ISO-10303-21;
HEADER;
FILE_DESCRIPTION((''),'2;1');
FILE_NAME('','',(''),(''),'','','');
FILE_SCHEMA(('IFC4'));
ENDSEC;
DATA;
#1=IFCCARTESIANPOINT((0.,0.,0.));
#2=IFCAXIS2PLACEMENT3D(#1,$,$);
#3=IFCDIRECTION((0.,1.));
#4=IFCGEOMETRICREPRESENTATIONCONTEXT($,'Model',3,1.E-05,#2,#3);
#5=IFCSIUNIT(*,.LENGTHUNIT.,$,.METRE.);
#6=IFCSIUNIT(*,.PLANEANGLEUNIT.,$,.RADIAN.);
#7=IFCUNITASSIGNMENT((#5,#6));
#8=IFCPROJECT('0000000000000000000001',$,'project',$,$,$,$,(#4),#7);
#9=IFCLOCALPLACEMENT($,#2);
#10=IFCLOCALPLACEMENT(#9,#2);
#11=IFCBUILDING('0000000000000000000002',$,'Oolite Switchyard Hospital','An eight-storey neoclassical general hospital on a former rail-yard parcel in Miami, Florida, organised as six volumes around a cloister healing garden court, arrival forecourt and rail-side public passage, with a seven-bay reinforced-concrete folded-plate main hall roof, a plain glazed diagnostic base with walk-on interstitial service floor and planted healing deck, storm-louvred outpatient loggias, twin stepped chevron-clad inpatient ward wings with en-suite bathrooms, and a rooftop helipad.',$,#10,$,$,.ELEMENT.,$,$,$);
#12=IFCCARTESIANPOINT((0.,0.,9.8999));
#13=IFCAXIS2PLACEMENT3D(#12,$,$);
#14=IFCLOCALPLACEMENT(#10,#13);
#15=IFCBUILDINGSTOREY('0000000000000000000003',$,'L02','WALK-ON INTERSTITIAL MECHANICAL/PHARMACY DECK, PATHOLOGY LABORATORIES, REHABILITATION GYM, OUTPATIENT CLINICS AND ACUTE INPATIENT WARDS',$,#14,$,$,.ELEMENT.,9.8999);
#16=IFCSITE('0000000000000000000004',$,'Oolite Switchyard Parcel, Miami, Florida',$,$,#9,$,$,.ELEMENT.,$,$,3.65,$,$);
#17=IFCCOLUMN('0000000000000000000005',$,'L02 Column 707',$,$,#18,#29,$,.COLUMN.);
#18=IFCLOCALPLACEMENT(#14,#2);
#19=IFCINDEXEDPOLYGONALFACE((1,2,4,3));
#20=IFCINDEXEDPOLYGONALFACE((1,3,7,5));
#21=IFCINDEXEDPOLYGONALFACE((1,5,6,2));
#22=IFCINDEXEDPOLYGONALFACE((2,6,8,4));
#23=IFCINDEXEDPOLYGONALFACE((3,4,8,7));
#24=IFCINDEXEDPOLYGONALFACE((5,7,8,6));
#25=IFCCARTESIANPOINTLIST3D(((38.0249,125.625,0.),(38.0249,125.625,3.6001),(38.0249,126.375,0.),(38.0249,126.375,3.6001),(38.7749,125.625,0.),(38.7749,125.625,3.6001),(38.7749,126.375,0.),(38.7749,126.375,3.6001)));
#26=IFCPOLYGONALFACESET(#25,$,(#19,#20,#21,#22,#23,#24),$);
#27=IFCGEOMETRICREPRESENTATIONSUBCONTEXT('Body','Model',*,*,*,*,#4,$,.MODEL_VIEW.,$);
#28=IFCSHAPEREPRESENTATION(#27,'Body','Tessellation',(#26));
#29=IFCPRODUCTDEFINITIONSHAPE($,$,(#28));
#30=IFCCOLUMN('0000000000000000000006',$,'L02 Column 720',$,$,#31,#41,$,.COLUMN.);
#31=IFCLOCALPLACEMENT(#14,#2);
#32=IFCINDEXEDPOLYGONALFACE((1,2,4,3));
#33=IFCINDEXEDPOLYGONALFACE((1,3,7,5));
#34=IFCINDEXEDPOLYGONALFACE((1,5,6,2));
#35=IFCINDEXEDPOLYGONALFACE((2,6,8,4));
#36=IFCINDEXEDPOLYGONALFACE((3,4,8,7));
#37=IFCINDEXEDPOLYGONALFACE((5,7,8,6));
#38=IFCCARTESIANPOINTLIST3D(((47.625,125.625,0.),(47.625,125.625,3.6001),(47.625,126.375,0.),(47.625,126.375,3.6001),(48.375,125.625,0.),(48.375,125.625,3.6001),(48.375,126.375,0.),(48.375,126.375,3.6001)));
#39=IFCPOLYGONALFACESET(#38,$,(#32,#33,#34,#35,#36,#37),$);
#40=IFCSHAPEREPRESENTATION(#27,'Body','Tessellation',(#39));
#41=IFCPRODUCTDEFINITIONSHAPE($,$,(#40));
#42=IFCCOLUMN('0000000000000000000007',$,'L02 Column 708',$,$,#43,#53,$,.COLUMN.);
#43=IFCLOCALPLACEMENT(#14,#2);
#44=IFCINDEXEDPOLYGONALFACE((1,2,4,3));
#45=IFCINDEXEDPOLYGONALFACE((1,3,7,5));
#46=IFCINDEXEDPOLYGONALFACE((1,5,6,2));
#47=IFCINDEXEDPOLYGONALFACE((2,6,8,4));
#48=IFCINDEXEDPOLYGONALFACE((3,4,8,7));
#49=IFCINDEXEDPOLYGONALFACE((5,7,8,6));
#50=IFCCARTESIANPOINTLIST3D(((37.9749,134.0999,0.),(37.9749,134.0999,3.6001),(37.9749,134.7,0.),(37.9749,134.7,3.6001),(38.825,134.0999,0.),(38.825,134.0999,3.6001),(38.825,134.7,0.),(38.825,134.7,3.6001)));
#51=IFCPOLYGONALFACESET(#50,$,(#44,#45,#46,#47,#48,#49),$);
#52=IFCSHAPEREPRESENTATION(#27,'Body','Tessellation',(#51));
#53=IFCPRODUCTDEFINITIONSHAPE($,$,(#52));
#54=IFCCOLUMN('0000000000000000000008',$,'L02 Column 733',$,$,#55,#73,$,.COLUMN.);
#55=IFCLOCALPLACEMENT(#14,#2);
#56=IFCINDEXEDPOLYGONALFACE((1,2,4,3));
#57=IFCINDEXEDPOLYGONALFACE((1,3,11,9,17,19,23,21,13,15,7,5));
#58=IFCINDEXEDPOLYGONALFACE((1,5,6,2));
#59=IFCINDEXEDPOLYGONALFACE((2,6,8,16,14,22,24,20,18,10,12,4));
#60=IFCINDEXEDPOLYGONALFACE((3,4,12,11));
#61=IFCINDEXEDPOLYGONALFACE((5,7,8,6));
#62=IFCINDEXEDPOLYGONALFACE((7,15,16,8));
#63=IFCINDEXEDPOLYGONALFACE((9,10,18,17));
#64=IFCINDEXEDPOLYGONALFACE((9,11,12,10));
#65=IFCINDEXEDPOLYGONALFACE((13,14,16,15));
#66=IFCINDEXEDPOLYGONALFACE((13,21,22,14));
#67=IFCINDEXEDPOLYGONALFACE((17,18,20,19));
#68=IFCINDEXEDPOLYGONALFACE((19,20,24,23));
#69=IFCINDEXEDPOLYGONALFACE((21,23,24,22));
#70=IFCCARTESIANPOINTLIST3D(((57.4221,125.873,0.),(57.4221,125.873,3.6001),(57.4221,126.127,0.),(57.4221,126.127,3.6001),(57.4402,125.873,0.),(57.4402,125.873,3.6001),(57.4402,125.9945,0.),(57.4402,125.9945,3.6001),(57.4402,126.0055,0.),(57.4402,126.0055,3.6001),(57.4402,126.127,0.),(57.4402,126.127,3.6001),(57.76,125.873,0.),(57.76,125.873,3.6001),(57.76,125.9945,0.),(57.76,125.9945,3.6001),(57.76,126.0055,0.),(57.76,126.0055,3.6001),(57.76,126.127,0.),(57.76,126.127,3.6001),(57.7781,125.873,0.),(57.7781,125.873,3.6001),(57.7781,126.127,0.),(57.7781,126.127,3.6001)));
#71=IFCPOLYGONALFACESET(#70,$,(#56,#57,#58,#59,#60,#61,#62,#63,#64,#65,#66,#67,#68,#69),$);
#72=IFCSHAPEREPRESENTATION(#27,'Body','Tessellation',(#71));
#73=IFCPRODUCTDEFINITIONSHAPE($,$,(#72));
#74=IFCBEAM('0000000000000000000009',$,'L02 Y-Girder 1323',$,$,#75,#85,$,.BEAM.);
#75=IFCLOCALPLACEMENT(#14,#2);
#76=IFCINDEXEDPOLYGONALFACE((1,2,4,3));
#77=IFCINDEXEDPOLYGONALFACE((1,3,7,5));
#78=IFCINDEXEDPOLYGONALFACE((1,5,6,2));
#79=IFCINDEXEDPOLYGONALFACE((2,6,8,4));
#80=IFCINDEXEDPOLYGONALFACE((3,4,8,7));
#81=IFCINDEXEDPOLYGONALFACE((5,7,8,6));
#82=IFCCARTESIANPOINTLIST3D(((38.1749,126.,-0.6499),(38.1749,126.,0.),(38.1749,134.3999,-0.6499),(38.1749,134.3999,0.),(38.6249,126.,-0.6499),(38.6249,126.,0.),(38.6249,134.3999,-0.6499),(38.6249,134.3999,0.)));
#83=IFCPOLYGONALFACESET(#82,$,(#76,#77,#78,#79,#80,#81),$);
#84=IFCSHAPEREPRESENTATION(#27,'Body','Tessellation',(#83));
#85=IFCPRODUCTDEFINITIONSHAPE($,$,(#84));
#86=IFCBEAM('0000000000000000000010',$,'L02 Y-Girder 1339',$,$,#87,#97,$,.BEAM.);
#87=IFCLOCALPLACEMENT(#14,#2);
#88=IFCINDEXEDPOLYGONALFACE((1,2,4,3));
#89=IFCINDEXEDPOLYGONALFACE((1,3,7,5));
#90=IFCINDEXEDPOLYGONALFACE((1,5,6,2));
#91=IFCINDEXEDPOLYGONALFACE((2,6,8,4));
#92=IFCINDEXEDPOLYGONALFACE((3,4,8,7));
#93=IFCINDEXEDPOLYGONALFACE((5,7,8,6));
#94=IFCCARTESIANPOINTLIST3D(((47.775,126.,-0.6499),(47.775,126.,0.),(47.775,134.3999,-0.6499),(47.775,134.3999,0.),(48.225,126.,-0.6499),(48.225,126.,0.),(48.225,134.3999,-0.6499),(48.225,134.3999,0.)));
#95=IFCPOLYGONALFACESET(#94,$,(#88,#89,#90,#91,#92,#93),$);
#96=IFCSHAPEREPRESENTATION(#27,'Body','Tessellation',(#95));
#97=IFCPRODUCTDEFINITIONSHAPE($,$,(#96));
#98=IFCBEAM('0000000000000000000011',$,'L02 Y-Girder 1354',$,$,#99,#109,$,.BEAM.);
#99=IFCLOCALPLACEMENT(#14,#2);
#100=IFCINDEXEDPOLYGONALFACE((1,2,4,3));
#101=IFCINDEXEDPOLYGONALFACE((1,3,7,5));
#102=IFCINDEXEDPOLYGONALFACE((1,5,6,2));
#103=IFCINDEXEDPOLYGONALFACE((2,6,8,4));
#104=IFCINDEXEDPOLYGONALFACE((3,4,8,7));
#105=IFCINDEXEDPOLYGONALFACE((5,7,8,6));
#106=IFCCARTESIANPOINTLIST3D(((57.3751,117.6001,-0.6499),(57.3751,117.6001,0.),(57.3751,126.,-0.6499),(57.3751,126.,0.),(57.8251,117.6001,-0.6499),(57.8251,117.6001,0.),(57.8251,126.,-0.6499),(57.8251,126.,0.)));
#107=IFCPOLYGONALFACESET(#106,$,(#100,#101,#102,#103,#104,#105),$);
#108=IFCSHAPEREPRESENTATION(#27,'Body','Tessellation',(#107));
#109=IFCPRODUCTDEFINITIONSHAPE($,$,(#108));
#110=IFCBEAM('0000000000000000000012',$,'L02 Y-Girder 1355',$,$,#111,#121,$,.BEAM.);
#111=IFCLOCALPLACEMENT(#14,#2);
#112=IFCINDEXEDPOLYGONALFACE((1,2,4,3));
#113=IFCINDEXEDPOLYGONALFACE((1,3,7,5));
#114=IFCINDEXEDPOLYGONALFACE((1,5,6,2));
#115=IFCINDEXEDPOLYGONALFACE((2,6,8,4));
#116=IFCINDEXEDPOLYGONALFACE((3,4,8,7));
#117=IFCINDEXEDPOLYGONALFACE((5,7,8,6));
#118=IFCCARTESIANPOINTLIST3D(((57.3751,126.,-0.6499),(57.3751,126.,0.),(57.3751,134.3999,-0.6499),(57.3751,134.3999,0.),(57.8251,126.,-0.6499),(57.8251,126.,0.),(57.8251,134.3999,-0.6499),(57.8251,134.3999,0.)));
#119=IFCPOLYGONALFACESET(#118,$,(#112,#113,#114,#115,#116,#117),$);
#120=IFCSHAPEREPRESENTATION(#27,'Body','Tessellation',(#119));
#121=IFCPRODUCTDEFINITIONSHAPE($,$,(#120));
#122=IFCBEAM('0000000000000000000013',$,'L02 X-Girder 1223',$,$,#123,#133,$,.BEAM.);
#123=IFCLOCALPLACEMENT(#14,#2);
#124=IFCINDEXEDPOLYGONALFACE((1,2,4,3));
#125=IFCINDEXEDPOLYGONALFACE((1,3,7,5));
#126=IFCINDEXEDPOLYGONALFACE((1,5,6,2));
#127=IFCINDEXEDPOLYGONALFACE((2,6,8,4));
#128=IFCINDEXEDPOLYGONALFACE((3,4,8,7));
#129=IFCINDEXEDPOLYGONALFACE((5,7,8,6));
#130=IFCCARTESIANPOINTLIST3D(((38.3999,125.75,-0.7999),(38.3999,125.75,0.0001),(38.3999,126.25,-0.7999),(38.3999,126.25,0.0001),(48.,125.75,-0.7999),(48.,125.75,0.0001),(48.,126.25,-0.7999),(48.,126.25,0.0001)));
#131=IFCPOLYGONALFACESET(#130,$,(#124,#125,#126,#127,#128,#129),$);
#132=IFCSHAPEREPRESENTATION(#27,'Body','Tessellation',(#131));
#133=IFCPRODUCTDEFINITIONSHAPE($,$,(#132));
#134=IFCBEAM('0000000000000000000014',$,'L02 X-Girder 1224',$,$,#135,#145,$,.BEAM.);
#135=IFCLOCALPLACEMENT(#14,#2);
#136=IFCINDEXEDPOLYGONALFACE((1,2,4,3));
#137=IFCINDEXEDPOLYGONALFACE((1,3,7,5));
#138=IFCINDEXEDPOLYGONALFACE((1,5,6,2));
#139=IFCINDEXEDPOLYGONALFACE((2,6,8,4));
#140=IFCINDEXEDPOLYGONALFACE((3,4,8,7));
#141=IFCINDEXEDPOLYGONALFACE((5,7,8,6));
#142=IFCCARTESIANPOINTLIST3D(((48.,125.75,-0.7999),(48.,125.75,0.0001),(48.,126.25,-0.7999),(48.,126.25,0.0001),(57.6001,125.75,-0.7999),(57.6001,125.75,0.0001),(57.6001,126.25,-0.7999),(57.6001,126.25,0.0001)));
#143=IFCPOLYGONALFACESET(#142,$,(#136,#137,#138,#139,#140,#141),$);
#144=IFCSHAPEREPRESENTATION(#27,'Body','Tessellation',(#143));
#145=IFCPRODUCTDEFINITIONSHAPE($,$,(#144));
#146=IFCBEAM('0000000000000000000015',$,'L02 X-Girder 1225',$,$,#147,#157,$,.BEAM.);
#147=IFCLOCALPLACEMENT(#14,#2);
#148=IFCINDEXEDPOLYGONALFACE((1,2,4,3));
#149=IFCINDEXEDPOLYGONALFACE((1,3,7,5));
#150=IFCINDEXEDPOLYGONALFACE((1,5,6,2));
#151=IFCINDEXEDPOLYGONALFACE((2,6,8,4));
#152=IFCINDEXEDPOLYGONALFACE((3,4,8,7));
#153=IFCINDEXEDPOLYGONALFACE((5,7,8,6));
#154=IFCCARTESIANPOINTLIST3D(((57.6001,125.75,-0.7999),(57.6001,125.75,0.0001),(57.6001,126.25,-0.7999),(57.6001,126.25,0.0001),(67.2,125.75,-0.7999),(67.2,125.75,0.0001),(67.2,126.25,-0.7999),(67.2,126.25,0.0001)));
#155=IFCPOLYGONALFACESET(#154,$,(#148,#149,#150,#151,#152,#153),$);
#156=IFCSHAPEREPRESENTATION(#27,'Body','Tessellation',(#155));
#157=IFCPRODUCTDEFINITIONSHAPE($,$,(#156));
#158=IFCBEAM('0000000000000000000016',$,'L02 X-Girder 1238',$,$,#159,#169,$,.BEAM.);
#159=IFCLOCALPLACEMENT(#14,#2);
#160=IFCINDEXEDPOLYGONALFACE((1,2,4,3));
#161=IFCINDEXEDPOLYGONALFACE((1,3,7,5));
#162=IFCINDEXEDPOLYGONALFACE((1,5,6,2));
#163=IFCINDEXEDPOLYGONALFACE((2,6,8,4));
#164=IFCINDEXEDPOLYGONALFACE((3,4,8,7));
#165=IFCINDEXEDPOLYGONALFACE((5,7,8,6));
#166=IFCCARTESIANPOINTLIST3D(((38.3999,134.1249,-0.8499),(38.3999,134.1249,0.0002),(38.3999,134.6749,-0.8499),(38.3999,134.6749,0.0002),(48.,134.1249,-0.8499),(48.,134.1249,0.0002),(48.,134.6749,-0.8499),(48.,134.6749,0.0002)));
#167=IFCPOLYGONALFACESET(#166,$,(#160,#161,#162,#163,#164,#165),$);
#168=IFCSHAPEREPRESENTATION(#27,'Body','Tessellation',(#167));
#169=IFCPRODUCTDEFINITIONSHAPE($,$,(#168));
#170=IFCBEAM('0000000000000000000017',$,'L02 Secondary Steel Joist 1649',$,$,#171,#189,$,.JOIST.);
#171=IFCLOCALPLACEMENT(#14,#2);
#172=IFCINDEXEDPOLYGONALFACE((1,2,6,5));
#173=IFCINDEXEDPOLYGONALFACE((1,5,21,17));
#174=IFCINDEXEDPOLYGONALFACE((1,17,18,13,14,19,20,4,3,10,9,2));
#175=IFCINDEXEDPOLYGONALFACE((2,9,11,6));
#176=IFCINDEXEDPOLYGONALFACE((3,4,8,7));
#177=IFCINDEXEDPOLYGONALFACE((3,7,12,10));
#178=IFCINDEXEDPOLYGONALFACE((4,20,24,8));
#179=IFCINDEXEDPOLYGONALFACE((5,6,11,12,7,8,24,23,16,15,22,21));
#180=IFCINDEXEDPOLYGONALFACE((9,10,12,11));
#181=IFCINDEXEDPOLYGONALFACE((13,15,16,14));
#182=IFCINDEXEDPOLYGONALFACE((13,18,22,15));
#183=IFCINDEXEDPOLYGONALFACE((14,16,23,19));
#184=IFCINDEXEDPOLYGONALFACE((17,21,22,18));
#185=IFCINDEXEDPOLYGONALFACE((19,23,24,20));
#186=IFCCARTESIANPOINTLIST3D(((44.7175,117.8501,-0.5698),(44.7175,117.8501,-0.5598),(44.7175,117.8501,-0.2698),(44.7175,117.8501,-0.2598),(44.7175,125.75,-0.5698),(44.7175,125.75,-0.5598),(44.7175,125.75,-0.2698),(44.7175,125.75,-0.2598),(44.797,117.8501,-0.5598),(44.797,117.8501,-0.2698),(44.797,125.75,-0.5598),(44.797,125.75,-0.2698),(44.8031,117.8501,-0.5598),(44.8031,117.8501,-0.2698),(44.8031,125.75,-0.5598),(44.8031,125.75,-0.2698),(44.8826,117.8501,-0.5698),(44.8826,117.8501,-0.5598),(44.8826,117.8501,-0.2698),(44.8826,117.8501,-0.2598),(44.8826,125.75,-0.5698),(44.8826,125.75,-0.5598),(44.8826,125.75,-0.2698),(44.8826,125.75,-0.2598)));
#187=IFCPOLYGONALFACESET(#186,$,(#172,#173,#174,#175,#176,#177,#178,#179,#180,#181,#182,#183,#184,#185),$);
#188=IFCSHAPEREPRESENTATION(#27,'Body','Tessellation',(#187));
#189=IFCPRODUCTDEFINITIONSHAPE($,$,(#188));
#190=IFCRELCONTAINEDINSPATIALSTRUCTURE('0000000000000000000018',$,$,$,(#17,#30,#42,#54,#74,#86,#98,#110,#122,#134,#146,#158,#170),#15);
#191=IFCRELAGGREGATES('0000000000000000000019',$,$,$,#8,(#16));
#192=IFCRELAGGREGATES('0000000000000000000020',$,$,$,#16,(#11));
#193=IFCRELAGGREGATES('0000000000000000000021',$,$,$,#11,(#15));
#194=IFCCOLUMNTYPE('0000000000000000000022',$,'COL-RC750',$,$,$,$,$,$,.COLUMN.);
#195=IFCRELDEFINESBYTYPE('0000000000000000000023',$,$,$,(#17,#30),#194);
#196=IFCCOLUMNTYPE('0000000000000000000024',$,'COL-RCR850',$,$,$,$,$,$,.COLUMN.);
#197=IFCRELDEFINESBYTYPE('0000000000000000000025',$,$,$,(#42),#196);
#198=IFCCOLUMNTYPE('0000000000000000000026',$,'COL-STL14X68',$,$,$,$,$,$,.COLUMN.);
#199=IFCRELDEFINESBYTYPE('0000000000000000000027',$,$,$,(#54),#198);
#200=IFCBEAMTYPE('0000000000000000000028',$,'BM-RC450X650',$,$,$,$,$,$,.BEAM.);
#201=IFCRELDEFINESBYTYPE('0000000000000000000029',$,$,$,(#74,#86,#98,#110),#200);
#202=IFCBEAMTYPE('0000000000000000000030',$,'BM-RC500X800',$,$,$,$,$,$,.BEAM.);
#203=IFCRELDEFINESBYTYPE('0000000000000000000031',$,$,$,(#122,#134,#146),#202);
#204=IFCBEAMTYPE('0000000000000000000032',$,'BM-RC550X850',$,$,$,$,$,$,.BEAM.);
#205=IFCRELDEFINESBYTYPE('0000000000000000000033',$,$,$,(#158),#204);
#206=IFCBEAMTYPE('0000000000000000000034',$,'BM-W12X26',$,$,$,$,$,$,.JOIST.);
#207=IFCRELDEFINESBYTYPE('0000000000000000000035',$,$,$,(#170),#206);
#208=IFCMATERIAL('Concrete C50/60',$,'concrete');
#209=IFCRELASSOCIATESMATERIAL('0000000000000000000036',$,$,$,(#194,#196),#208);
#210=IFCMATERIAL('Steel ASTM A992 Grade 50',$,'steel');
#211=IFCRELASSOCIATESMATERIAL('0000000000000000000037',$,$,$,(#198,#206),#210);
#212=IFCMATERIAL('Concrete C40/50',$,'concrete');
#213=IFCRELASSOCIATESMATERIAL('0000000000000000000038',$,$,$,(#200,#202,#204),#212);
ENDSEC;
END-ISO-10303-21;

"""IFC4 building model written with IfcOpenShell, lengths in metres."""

from ifc_helpers import new_model, si_unit, direction, frame, origin, origin_2d, place, context, subcontext, project, spatial, rectangle, i_section, extrude, material, material_profile, profile_set, type_object, element, save


model = new_model("IFC4")

# Units and contexts
model_context = context("Model", 3, precision=1e-05, world=origin(), true_north=direction((0.0, 1.0)))
body_context = subcontext(model_context, "Body", "Model", "MODEL_VIEW")
ifc_project = project(units=[si_unit("LENGTHUNIT", "METRE"), si_unit("PLANEANGLEUNIT", "RADIAN")], contexts=[model_context])

# Site, building, storey
site_placement = place(None, origin())
site = spatial("IfcSite", under=ifc_project, at=site_placement, Name="Oolite Switchyard Parcel, Miami, Florida", CompositionType="ELEMENT", RefElevation=3.65)
building_placement = place(site_placement, origin())
building = spatial("IfcBuilding", under=site, at=building_placement, Name="Oolite Switchyard Hospital", Description="An eight-storey neoclassical general hospital on a former rail-yard parcel in Miami, Florida, organised as six volumes around a cloister healing garden court, arrival forecourt and rail-side public passage, with a seven-bay reinforced-concrete folded-plate main hall roof, a plain glazed diagnostic base with walk-on interstitial service floor and planted healing deck, storm-louvred outpatient loggias, twin stepped chevron-clad inpatient ward wings with en-suite bathrooms, and a rooftop helipad.", CompositionType="ELEMENT")
storey_placement = place(building_placement, frame((0.0, 0.0, 9.8999)))
storey = spatial("IfcBuildingStorey", under=building, at=storey_placement, Name="L02", Description="WALK-ON INTERSTITIAL MECHANICAL/PHARMACY DECK, PATHOLOGY LABORATORIES, REHABILITATION GYM, OUTPATIENT CLINICS AND ACUTE INPATIENT WARDS", CompositionType="ELEMENT", Elevation=9.8999)

# Columns
ifc_material_1 = material(Name="Concrete C50/60", Category="concrete")
ifc_material_profile_1 = material_profile(ifc_material_1, rectangle(XDim=0.75, YDim=0.75, at=origin_2d()), Name="RC750X750")
ifc_profile_set_1 = profile_set([ifc_material_profile_1], Name="Concrete C50/60")
column_type_1 = type_object("IfcColumnType", Name="COL-RC750", PredefinedType="COLUMN", material=ifc_profile_set_1)
for number, where, z_axis, x_axis, name in (
    (1, (38.3999, 126.0, 0.0), (0.0, 0.0, 1.0), (1.0, 0.0, 0.0), "L02 Column 707"),
    (2, (48.0, 126.0, 0.0), (0.0, 0.0, 1.0), (1.0, 0.0, 0.0), "L02 Column 720"),
):
    element("IfcColumn", number, at=place(storey_placement, frame(where, z_axis=z_axis, x_axis=x_axis)), inside=storey, type_object=column_type_1, Name=name, PredefinedType="COLUMN", context=body_context, shape_type="SweptSolid", body=[
        extrude(rectangle(XDim=0.75, YDim=0.75, at=origin_2d()), origin(), (0.0, 0.0, 1.0), 3.6001),
    ])
ifc_material_profile_2 = material_profile(ifc_material_1, rectangle(XDim=0.8501, YDim=0.6001, at=origin_2d()), Name="RC850X600")
ifc_profile_set_2 = profile_set([ifc_material_profile_2], Name="Concrete C50/60")
column_type_2 = type_object("IfcColumnType", Name="COL-RCR850", PredefinedType="COLUMN", material=ifc_profile_set_2)
column_1_placement = place(storey_placement, frame((38.3999, 134.3999, 0.0), z_axis=(0.0, 0.0, 1.0), x_axis=(1.0, 0.0, 0.0)))
element("IfcColumn", 3, at=column_1_placement, inside=storey, type_object=column_type_2, Name="L02 Column 708", PredefinedType="COLUMN", context=body_context, shape_type="SweptSolid", body=[
    extrude(rectangle(XDim=0.8501, YDim=0.6001, at=origin_2d()), origin(), (0.0, 0.0, 1.0), 3.6001),
])
ifc_material_2 = material(Name="Steel ASTM A992 Grade 50", Category="steel")
ifc_material_profile_3 = material_profile(ifc_material_2, i_section(OverallWidth=0.2539, OverallDepth=0.356, WebThickness=0.011, FlangeThickness=0.0181, at=origin_2d()), Name="W14X68")
ifc_profile_set_3 = profile_set([ifc_material_profile_3], Name="Steel ASTM A992 Grade 50")
column_type_3 = type_object("IfcColumnType", Name="COL-STL14X68", PredefinedType="COLUMN", material=ifc_profile_set_3)
column_2_placement = place(storey_placement, frame((57.6001, 126.0, 0.0), z_axis=(0.0, 0.0, 1.0), x_axis=(0.0, -1.0, 0.0)))
element("IfcColumn", 4, at=column_2_placement, inside=storey, type_object=column_type_3, Name="L02 Column 733", PredefinedType="COLUMN", context=body_context, shape_type="SweptSolid", body=[
    extrude(i_section(OverallWidth=0.2539, OverallDepth=0.356, WebThickness=0.011, FlangeThickness=0.0181, at=origin_2d()), origin(), (0.0, 0.0, 1.0), 3.6001),
])

# Beams
ifc_material_3 = material(Name="Concrete C40/50", Category="concrete")
ifc_material_profile_4 = material_profile(ifc_material_3, rectangle(XDim=0.45, YDim=0.6499, at=origin_2d()), Name="RCB450X650")
ifc_profile_set_4 = profile_set([ifc_material_profile_4], Name="Concrete C40/50")
beam_type_1 = type_object("IfcBeamType", Name="BM-RC450X650", PredefinedType="BEAM", material=ifc_profile_set_4)
for number, where, z_axis, x_axis, name in (
    (5, (38.3999, 126.0, -0.325), (0.0, 1.0, 0.0), (-1.0, 0.0, 0.0), "L02 Y-Girder 1323"),
    (6, (48.0, 126.0, -0.325), (0.0, 1.0, 0.0), (-1.0, 0.0, 0.0), "L02 Y-Girder 1339"),
    (7, (57.6001, 117.6001, -0.325), (0.0, 1.0, 0.0), (-1.0, 0.0, 0.0), "L02 Y-Girder 1354"),
    (8, (57.6001, 126.0, -0.325), (0.0, 1.0, 0.0), (-1.0, 0.0, 0.0), "L02 Y-Girder 1355"),
):
    element("IfcBeam", number, at=place(storey_placement, frame(where, z_axis=z_axis, x_axis=x_axis)), inside=storey, type_object=beam_type_1, Name=name, PredefinedType="BEAM", context=body_context, shape_type="SweptSolid", body=[
        extrude(rectangle(XDim=0.45, YDim=0.6499, at=origin_2d()), origin(), (0.0, 0.0, 1.0), 8.3999),
    ])
ifc_material_profile_5 = material_profile(ifc_material_3, rectangle(XDim=0.5, YDim=0.8, at=origin_2d()), Name="RCB500X800")
ifc_profile_set_5 = profile_set([ifc_material_profile_5], Name="Concrete C40/50")
beam_type_2 = type_object("IfcBeamType", Name="BM-RC500X800", PredefinedType="BEAM", material=ifc_profile_set_5)
for number, where, z_axis, x_axis, name in (
    (9, (38.3999, 126.0, -0.3999), (1.0, 0.0, 0.0), (0.0, 1.0, 0.0), "L02 X-Girder 1223"),
    (10, (48.0, 126.0, -0.3999), (1.0, 0.0, 0.0), (0.0, 1.0, 0.0), "L02 X-Girder 1224"),
):
    element("IfcBeam", number, at=place(storey_placement, frame(where, z_axis=z_axis, x_axis=x_axis)), inside=storey, type_object=beam_type_2, Name=name, PredefinedType="BEAM", context=body_context, shape_type="SweptSolid", body=[
        extrude(rectangle(XDim=0.5, YDim=0.8, at=origin_2d()), origin(), (0.0, 0.0, 1.0), 9.6001),
    ])
beam_1_placement = place(storey_placement, frame((57.6001, 126.0, -0.3999), z_axis=(1.0, 0.0, 0.0), x_axis=(0.0, 1.0, 0.0)))
element("IfcBeam", 11, at=beam_1_placement, inside=storey, type_object=beam_type_2, Name="L02 X-Girder 1225", PredefinedType="BEAM", context=body_context, shape_type="SweptSolid", body=[
    extrude(rectangle(XDim=0.5, YDim=0.8, at=origin_2d()), origin(), (0.0, 0.0, 1.0), 9.5999),
])
ifc_material_profile_6 = material_profile(ifc_material_3, rectangle(XDim=0.55, YDim=0.8501, at=origin_2d()), Name="RCB550X850")
ifc_profile_set_6 = profile_set([ifc_material_profile_6], Name="Concrete C40/50")
beam_type_3 = type_object("IfcBeamType", Name="BM-RC550X850", PredefinedType="BEAM", material=ifc_profile_set_6)
beam_2_placement = place(storey_placement, frame((38.3999, 134.3999, -0.4248), z_axis=(1.0, 0.0, 0.0), x_axis=(0.0, 1.0, 0.0)))
element("IfcBeam", 12, at=beam_2_placement, inside=storey, type_object=beam_type_3, Name="L02 X-Girder 1238", PredefinedType="BEAM", context=body_context, shape_type="SweptSolid", body=[
    extrude(rectangle(XDim=0.55, YDim=0.8501, at=origin_2d()), origin(), (0.0, 0.0, 1.0), 9.6001),
])
ifc_material_profile_7 = material_profile(ifc_material_2, i_section(OverallWidth=0.165, OverallDepth=0.3101, WebThickness=0.0061, FlangeThickness=0.01, at=origin_2d()), Name="W12X26")
ifc_profile_set_7 = profile_set([ifc_material_profile_7], Name="Steel ASTM A992 Grade 50")
beam_type_4 = type_object("IfcBeamType", Name="BM-W12X26", PredefinedType="JOIST", material=ifc_profile_set_7)
beam_3_placement = place(storey_placement, frame((44.8, 117.8501, -0.4148), z_axis=(0.0, 1.0, 0.0), x_axis=(-1.0, 0.0, 0.0)))
element("IfcBeam", 13, at=beam_3_placement, inside=storey, type_object=beam_type_4, Name="L02 Secondary Steel Joist 1649", PredefinedType="JOIST", context=body_context, shape_type="SweptSolid", body=[
    extrude(i_section(OverallWidth=0.165, OverallDepth=0.3101, WebThickness=0.0061, FlangeThickness=0.01, at=origin_2d()), origin(), (0.0, 0.0, 1.0), 7.8999),
])

save(model, "model.ifc")
